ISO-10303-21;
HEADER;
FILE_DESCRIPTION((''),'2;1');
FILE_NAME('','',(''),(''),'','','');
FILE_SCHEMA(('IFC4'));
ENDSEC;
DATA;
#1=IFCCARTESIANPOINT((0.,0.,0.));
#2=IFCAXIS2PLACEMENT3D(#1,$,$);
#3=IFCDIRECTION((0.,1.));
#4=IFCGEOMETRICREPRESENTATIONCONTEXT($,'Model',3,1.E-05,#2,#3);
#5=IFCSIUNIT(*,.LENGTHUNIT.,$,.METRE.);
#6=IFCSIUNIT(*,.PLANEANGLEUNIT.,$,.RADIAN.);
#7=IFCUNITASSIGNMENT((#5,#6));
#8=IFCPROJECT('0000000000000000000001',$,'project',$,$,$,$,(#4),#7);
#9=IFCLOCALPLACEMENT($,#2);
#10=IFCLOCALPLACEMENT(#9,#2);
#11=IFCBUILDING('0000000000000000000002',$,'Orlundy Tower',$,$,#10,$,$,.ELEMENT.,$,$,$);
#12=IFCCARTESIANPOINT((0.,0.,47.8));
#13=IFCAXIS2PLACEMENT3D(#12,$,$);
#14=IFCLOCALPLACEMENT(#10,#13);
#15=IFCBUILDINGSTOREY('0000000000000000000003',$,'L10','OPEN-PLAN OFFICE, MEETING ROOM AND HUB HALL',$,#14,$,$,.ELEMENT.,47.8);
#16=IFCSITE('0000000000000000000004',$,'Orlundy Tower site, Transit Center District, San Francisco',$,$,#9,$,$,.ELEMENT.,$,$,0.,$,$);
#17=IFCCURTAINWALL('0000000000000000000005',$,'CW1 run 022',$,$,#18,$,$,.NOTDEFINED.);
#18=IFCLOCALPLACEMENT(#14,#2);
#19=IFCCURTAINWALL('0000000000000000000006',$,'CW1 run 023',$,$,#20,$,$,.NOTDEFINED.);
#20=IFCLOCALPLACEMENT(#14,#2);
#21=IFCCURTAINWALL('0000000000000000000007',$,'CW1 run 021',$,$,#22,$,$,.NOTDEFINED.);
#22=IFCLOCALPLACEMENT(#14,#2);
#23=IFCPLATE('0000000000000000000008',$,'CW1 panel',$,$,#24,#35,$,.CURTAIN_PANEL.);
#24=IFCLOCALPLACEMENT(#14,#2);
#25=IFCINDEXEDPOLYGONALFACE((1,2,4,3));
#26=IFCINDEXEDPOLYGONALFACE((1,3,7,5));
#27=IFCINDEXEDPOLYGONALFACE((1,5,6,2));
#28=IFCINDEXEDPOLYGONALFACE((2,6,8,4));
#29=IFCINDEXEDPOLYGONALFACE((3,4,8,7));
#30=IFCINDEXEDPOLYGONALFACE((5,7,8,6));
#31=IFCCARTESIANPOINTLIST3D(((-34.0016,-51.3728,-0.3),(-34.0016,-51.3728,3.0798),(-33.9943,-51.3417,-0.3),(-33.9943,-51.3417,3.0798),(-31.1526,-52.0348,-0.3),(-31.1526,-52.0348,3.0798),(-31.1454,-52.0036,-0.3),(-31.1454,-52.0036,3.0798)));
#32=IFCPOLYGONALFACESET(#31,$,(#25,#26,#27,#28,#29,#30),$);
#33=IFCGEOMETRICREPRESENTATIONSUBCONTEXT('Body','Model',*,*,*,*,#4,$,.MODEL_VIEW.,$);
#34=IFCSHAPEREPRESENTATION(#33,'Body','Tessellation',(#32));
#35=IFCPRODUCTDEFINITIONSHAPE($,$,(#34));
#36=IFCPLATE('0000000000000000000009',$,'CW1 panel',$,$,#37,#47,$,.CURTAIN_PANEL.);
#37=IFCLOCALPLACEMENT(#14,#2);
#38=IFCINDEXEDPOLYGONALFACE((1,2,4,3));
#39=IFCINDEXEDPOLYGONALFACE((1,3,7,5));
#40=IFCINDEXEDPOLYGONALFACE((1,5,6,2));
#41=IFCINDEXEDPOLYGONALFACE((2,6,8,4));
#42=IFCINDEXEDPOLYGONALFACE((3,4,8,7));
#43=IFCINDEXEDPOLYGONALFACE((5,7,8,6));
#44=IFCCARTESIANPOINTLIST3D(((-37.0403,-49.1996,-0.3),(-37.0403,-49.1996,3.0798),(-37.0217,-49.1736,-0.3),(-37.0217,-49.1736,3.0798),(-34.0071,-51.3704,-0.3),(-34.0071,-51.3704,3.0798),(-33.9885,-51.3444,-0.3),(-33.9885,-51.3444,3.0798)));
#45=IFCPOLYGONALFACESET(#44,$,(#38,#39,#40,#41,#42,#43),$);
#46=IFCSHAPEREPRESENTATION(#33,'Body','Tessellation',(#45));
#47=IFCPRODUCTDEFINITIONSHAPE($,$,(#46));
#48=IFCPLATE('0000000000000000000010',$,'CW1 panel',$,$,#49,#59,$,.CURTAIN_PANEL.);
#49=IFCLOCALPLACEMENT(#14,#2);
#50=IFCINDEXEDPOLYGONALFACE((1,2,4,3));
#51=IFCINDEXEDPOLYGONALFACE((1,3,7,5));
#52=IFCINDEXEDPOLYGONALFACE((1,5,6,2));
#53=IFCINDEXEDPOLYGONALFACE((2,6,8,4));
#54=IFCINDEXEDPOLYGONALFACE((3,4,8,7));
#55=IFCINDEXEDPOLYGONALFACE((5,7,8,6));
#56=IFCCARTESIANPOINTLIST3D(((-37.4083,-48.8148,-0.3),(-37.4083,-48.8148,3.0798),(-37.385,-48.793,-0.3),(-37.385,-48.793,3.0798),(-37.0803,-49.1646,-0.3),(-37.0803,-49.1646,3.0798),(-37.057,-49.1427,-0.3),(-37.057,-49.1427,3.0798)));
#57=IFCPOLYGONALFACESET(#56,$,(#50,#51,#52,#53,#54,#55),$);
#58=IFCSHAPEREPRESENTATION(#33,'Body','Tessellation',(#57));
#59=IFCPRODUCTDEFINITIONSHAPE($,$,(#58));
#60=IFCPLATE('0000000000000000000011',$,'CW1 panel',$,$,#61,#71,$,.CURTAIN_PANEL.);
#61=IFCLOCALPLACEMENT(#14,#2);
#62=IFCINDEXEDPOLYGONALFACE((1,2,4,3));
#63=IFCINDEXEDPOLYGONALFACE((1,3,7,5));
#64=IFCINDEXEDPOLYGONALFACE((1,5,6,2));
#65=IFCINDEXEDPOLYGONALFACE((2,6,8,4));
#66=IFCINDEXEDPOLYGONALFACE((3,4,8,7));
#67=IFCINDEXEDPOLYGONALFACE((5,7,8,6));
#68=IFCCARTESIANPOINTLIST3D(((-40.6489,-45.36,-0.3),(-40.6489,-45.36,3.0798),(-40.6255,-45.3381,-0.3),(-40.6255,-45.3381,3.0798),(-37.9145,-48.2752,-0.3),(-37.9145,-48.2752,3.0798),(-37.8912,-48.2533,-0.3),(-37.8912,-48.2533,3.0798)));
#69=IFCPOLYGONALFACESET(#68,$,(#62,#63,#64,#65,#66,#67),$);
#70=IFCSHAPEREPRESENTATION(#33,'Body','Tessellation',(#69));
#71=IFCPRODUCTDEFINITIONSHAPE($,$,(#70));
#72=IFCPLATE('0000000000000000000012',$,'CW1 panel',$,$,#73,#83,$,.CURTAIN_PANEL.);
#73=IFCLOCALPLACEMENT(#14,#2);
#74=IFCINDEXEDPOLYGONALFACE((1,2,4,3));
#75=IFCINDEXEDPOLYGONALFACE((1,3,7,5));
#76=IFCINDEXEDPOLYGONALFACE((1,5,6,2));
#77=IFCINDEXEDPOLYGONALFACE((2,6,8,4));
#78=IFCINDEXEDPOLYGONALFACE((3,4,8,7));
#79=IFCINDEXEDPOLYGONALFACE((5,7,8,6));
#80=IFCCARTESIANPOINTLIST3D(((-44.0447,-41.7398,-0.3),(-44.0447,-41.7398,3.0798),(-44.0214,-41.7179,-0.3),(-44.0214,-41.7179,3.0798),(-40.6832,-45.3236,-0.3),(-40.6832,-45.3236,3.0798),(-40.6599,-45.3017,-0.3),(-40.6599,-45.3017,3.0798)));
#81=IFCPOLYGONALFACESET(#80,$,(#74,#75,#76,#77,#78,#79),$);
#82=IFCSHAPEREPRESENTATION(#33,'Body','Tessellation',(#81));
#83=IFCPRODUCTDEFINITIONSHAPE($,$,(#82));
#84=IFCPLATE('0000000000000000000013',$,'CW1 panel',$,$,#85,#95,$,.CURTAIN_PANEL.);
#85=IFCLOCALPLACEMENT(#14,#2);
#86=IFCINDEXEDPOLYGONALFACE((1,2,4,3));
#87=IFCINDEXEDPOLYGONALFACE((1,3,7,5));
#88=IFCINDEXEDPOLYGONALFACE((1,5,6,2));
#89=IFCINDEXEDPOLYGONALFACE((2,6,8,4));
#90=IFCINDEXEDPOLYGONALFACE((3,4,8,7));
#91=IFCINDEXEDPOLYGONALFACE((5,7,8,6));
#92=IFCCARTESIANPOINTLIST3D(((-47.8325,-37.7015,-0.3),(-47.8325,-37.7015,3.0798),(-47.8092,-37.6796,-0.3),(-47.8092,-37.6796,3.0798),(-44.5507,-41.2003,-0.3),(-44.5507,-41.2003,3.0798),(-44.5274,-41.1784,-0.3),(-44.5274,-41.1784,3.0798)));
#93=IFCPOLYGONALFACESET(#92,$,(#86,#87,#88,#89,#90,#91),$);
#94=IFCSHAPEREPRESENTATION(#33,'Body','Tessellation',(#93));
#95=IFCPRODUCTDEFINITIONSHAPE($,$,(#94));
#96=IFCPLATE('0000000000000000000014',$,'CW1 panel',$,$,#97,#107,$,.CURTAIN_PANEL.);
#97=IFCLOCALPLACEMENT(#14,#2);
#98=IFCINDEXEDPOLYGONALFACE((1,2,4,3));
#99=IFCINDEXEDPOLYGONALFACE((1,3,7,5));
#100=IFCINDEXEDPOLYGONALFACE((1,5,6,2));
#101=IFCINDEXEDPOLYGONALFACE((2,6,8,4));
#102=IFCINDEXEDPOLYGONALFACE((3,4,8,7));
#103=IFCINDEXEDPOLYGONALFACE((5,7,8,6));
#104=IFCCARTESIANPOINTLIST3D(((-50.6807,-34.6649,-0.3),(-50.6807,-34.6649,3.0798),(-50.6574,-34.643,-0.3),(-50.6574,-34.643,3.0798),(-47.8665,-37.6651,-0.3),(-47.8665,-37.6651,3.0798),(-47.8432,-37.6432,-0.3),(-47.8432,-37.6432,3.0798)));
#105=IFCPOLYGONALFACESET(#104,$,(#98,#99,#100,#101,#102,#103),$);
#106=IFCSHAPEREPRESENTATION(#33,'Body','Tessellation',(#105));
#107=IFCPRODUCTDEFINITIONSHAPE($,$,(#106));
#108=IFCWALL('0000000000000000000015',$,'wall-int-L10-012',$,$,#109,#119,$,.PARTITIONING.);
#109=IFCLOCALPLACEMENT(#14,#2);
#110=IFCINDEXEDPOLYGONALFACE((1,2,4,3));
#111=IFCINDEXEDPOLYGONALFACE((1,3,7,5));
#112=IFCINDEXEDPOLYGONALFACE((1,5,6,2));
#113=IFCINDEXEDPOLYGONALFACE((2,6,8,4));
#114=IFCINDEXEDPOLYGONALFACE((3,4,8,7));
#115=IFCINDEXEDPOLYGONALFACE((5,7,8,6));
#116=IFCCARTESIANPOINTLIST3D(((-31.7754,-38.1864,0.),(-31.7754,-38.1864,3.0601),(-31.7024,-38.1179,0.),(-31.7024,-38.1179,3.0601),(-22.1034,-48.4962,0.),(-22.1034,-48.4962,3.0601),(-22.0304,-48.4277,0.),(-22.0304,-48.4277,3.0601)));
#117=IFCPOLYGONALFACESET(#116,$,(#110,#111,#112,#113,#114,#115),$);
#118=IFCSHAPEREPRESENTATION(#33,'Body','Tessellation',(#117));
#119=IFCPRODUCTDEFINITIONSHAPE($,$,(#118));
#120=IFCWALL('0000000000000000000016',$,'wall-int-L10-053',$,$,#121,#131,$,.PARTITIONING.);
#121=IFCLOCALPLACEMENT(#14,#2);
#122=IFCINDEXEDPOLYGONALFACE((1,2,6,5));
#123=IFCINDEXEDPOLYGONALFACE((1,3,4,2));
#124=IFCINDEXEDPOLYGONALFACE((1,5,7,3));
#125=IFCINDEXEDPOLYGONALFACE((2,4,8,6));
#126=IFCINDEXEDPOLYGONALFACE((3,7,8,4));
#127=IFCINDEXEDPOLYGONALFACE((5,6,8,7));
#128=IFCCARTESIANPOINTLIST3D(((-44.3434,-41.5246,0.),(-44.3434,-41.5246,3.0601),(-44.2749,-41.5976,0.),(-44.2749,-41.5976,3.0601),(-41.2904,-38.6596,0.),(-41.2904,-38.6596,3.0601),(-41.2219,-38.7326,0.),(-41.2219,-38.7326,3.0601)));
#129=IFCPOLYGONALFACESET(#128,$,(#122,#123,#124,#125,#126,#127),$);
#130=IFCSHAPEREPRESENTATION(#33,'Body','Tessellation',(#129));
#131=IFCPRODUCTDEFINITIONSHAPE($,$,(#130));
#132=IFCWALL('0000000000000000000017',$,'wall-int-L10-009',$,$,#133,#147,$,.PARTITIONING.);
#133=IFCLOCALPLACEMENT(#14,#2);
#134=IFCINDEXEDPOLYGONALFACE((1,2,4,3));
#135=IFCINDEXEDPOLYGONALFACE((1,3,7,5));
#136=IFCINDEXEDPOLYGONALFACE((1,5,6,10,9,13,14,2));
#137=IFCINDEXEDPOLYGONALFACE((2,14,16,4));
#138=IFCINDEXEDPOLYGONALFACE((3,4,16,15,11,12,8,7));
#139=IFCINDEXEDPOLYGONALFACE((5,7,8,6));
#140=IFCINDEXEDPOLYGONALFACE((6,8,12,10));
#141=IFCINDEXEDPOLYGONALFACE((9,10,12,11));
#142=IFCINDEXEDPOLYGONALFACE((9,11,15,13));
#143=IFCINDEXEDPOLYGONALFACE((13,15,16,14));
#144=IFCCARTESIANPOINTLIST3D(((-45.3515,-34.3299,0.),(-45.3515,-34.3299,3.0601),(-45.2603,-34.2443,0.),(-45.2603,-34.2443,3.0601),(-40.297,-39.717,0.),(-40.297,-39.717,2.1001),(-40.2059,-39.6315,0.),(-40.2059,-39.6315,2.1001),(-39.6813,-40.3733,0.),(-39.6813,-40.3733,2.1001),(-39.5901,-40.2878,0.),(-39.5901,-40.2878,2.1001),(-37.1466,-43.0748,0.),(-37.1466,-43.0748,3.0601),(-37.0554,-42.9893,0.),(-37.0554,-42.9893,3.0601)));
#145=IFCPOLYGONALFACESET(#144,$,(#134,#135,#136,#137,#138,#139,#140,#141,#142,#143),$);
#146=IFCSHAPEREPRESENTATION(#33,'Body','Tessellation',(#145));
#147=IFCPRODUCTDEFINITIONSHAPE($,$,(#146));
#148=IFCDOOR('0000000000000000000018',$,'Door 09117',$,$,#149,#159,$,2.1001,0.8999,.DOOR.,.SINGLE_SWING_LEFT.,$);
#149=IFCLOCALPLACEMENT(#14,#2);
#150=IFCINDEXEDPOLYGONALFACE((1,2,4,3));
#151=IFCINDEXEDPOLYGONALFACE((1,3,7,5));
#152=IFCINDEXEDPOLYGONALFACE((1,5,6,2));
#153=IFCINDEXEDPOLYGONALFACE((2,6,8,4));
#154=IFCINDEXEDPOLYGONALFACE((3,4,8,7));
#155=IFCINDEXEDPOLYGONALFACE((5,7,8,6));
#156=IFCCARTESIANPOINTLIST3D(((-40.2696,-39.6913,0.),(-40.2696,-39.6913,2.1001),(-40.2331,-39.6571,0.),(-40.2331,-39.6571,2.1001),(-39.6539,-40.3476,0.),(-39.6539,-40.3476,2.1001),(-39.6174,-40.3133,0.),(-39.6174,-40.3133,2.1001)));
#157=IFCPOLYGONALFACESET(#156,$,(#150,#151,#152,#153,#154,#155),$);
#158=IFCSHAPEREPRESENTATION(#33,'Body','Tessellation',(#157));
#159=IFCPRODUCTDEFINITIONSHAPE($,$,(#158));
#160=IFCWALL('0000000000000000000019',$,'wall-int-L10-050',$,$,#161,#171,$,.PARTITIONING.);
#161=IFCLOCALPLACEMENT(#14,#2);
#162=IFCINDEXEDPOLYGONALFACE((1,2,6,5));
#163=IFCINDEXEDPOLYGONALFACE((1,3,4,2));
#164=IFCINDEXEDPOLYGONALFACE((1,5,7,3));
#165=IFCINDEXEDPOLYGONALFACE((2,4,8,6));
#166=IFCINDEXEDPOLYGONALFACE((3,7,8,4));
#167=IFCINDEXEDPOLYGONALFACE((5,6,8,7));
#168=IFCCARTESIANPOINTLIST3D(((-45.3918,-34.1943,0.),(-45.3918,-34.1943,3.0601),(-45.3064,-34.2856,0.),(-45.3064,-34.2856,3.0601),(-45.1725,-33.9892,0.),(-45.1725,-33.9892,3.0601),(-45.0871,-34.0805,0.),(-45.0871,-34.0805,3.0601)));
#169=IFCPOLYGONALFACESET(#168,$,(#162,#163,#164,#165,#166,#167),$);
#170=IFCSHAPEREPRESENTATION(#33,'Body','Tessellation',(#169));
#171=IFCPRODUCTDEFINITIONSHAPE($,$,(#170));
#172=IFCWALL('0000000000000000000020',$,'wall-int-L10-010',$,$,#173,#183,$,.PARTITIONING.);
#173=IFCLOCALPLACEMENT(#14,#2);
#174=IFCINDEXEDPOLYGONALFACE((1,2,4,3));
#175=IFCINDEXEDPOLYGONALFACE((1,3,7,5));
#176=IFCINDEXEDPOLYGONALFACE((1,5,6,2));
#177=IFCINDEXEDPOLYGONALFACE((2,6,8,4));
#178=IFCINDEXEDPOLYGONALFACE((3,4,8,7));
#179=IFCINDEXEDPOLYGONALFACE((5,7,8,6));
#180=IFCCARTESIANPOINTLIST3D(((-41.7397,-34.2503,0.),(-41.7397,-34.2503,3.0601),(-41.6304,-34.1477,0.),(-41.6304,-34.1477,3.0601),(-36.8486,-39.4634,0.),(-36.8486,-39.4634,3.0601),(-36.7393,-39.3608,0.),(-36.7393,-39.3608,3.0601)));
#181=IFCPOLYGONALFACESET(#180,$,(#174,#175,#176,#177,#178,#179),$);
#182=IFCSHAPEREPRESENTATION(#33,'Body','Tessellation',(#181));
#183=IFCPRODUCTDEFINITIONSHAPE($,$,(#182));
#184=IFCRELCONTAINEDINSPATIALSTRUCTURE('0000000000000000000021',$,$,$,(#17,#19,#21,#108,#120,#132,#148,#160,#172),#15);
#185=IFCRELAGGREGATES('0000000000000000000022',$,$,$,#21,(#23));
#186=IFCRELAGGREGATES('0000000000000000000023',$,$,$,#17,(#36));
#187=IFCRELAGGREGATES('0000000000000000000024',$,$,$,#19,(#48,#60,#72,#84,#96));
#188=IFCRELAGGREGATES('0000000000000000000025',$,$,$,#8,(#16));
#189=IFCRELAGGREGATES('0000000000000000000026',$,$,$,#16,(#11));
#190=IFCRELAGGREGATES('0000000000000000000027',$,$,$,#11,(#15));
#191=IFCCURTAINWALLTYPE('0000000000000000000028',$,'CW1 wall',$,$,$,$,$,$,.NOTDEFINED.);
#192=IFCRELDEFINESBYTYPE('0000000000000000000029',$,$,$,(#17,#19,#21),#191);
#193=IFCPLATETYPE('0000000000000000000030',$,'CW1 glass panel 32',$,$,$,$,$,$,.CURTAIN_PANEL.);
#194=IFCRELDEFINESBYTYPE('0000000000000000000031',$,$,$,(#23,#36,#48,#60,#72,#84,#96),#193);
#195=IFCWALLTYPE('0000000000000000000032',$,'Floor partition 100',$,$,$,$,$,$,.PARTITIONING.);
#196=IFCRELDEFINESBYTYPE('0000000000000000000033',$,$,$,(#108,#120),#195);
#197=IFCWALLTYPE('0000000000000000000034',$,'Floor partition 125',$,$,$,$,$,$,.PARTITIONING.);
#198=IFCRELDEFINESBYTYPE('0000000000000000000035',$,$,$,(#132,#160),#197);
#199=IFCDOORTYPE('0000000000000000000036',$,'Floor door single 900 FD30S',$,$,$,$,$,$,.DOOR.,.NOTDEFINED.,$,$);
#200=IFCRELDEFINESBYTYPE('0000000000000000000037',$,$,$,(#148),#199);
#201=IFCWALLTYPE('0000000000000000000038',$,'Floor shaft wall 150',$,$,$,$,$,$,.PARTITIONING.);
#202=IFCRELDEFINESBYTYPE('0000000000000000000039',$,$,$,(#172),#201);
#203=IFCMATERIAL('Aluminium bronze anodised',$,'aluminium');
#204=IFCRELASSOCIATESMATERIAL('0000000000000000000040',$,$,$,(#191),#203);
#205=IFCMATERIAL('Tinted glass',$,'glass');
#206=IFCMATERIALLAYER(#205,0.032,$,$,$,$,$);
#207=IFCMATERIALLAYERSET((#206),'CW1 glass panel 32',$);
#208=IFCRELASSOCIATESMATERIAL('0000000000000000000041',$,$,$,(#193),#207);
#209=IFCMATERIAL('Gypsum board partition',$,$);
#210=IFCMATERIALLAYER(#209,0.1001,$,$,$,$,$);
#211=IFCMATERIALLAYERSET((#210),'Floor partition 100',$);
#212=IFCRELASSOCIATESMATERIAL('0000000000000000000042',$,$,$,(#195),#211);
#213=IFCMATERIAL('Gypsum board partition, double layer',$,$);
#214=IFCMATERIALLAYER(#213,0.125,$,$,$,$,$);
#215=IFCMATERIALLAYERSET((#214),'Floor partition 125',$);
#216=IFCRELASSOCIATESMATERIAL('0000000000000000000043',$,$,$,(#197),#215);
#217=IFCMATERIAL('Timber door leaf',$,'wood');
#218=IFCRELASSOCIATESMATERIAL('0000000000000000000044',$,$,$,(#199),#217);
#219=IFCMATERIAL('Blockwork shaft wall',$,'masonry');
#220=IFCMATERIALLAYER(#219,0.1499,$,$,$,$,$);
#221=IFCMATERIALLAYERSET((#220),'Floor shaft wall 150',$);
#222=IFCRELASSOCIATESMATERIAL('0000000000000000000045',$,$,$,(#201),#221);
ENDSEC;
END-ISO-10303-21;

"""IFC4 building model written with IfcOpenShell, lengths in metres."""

from ifc_helpers import new_model, si_unit, direction, frame, frame_2d, origin, origin_2d, place, context, subcontext, project, spatial, rectangle, extrude, material, layer, layer_set, type_object, element, fill, aggregate, save


model = new_model("IFC4")

# Units and contexts
model_context = context("Model", 3, precision=1e-05, world=origin(), true_north=direction((0.0, 1.0)))
body_context = subcontext(model_context, "Body", "Model", "MODEL_VIEW")
ifc_project = project(units=[si_unit("LENGTHUNIT", "METRE"), si_unit("PLANEANGLEUNIT", "RADIAN")], contexts=[model_context])

# Site, building, storey
site_placement = place(None, origin())
site = spatial("IfcSite", under=ifc_project, at=site_placement, Name="Orlundy Tower site, Transit Center District, San Francisco", CompositionType="ELEMENT", RefElevation=0.0)
building_placement = place(site_placement, origin())
building = spatial("IfcBuilding", under=site, at=building_placement, Name="Orlundy Tower", CompositionType="ELEMENT")
storey_placement = place(building_placement, frame((0.0, 0.0, 47.8)))
storey = spatial("IfcBuildingStorey", under=building, at=storey_placement, Name="L10", Description="OPEN-PLAN OFFICE, MEETING ROOM AND HUB HALL", CompositionType="ELEMENT", Elevation=47.8)

# Curtain wall
ifc_material_1 = material(Name="Aluminium bronze anodised", Category="aluminium")
curtain_wall_type = type_object("IfcCurtainWallType", Name="CW1 wall", PredefinedType="NOTDEFINED", material=ifc_material_1)
curtain_wall_1_placement = place(storey_placement, origin())
curtain_wall_1 = element("IfcCurtainWall", 1, at=curtain_wall_1_placement, inside=storey, type_object=curtain_wall_type, Name="CW1 run 022", PredefinedType="NOTDEFINED")

# Curtain wall
curtain_wall_2_placement = place(storey_placement, origin())
curtain_wall_2 = element("IfcCurtainWall", 2, at=curtain_wall_2_placement, inside=storey, type_object=curtain_wall_type, Name="CW1 run 023", PredefinedType="NOTDEFINED")

# Curtain wall
curtain_wall_3_placement = place(storey_placement, origin())
curtain_wall_3 = element("IfcCurtainWall", 3, at=curtain_wall_3_placement, inside=storey, type_object=curtain_wall_type, Name="CW1 run 021", PredefinedType="NOTDEFINED")

# Plates
ifc_material_2 = material(Name="Tinted glass", Category="glass")
ifc_layer_1 = layer(ifc_material_2, 0.032)
ifc_layer_set_1 = layer_set([ifc_layer_1], Name="CW1 glass panel 32")
plate_type = type_object("IfcPlateType", Name="CW1 glass panel 32", PredefinedType="CURTAIN_PANEL", material=ifc_layer_set_1)
plate_1_placement = place(storey_placement, frame((-32.5735, -51.6882, -0.3), z_axis=(0.0, 0.0, 1.0), x_axis=(-0.974054, 0.226317, 0.0)))
plate_1 = element("IfcPlate", 4, at=plate_1_placement, type_object=plate_type, Name="CW1 panel", PredefinedType="CURTAIN_PANEL", context=body_context, shape_type="SweptSolid", body=[
    extrude(rectangle(XDim=2.9248, YDim=0.032, at=origin_2d()), origin(), (0.0, 0.0, 1.0), 3.3799),
])
aggregate(curtain_wall_3, [plate_1])
plate_2_placement = place(storey_placement, frame((-35.5144, -50.272, -0.3), z_axis=(0.0, 0.0, 1.0), x_axis=(-0.813204, 0.581978, 0.0)))
plate_2 = element("IfcPlate", 5, at=plate_2_placement, type_object=plate_type, Name="CW1 panel", PredefinedType="CURTAIN_PANEL", context=body_context, shape_type="SweptSolid", body=[
    extrude(rectangle(XDim=3.73, YDim=0.032, at=origin_2d()), origin(), (0.0, 0.0, 1.0), 3.3799),
])
aggregate(curtain_wall_1, [plate_2])
plate_3_placement = place(storey_placement, frame((-37.2327, -48.9788, -0.3), z_axis=(0.0, 0.0, 1.0), x_axis=(-0.684126, 0.729363, 0.0)))
plate_3 = element("IfcPlate", 6, at=plate_3_placement, type_object=plate_type, Name="CW1 panel", PredefinedType="CURTAIN_PANEL", context=body_context, shape_type="SweptSolid", body=[
    extrude(rectangle(XDim=0.4795, YDim=0.032, at=origin_2d()), origin(), (0.0, 0.0, 1.0), 3.3799),
])
plate_4_placement = place(storey_placement, frame((-39.27, -46.8066, -0.3), z_axis=(0.0, 0.0, 1.0), x_axis=(-0.684126, 0.729363, 0.0)))
plate_4 = element("IfcPlate", 7, at=plate_4_placement, type_object=plate_type, Name="CW1 panel", PredefinedType="CURTAIN_PANEL", context=body_context, shape_type="SweptSolid", body=[
    extrude(rectangle(XDim=3.9968, YDim=0.032, at=origin_2d()), origin(), (0.0, 0.0, 1.0), 3.3799),
])
plate_5_placement = place(storey_placement, frame((-42.3523, -43.5208, -0.3), z_axis=(0.0, 0.0, 1.0), x_axis=(-0.684126, 0.729363, 0.0)))
plate_5 = element("IfcPlate", 8, at=plate_5_placement, type_object=plate_type, Name="CW1 panel", PredefinedType="CURTAIN_PANEL", context=body_context, shape_type="SweptSolid", body=[
    extrude(rectangle(XDim=4.9136, YDim=0.032, at=origin_2d()), origin(), (0.0, 0.0, 1.0), 3.3799),
])
plate_6_placement = place(storey_placement, frame((-46.1799, -39.4399, -0.3), z_axis=(0.0, 0.0, 1.0), x_axis=(-0.684126, 0.729363, 0.0)))
plate_6 = element("IfcPlate", 9, at=plate_6_placement, type_object=plate_type, Name="CW1 panel", PredefinedType="CURTAIN_PANEL", context=body_context, shape_type="SweptSolid", body=[
    extrude(rectangle(XDim=4.7971, YDim=0.032, at=origin_2d()), origin(), (0.0, 0.0, 1.0), 3.3799),
])
plate_7_placement = place(storey_placement, frame((-49.262, -36.1541, -0.3), z_axis=(0.0, 0.0, 1.0), x_axis=(-0.684126, 0.729363, 0.0)))
plate_7 = element("IfcPlate", 10, at=plate_7_placement, type_object=plate_type, Name="CW1 panel", PredefinedType="CURTAIN_PANEL", context=body_context, shape_type="SweptSolid", body=[
    extrude(rectangle(XDim=4.1135, YDim=0.032, at=origin_2d()), origin(), (0.0, 0.0, 1.0), 3.3799),
])
aggregate(curtain_wall_2, [plate_3, plate_4, plate_5, plate_6, plate_7])

# Walls
ifc_material_3 = material(Name="Gypsum board partition")
ifc_layer_2 = layer(ifc_material_3, 0.1001)
ifc_layer_set_2 = layer_set([ifc_layer_2], Name="Floor partition 100")
wall_type_1 = type_object("IfcWallType", Name="Floor partition 100", PredefinedType="PARTITIONING", material=ifc_layer_set_2)
wall_1_placement = place(storey_placement, frame((-31.739, -38.1521, 0.0), z_axis=(0.0, 0.0, 1.0), x_axis=(0.684192, -0.729302, 0.0)))
element("IfcWall", 11, at=wall_1_placement, inside=storey, type_object=wall_type_1, Name="wall-int-L10-012", PredefinedType="PARTITIONING", context=body_context, shape_type="SweptSolid", body=[
    extrude(rectangle(XDim=14.1365, YDim=0.1001, at=frame_2d((7.0684, 0.0))), origin(), (0.0, 0.0, 1.0), 3.0601),
])
wall_2_placement = place(storey_placement, frame((-44.3091, -41.561, 0.0), z_axis=(0.0, 0.0, 1.0), x_axis=(0.729201, 0.6843, 0.0)))
element("IfcWall", 12, at=wall_2_placement, inside=storey, type_object=wall_type_1, Name="wall-int-L10-053", PredefinedType="PARTITIONING", context=body_context, shape_type="SweptSolid", body=[
    extrude(rectangle(XDim=4.1868, YDim=0.1001, at=frame_2d((2.0933, 0.0))), origin(), (0.0, 0.0, 1.0), 3.0601),
])

# Wall, opening, door
ifc_material_4 = material(Name="Gypsum board partition, double layer")
ifc_layer_3 = layer(ifc_material_4, 0.125)
ifc_layer_set_3 = layer_set([ifc_layer_3], Name="Floor partition 125")
wall_type_2 = type_object("IfcWallType", Name="Floor partition 125", PredefinedType="PARTITIONING", material=ifc_layer_set_3)
wall_3_placement = place(storey_placement, frame((-37.1011, -43.032, 0.0), z_axis=(0.0, 0.0, 1.0), x_axis=(-0.68423, 0.729266, 0.0)))
wall_3 = element("IfcWall", 13, at=wall_3_placement, inside=storey, type_object=wall_type_2, Name="wall-int-L10-009", PredefinedType="PARTITIONING", context=body_context, shape_type="SweptSolid", body=[
    extrude(rectangle(XDim=11.9915, YDim=0.125, at=frame_2d((5.9956, 0.0))), origin(), (0.0, 0.0, 1.0), 3.0601),
])
opening_1_placement = place(wall_3_placement, frame((3.7043, 0.0, 0.0)))
opening_1 = element("IfcOpeningElement", 14, at=opening_1_placement, cuts=wall_3, PredefinedType="OPENING", context=body_context, shape_type="SweptSolid", body=[
    extrude(rectangle(XDim=0.8999, YDim=2.1001, at=frame_2d((0.45, 1.05))), frame((0.0, 0.0725, 0.0), z_axis=(0.0, -1.0, 0.0), x_axis=(1.0, 0.0, 0.0)), (0.0, 0.0, 1.0), 0.145),
])
ifc_material_5 = material(Name="Timber door leaf", Category="wood")
door_type_1 = type_object("IfcDoorType", Name="Floor door single 900 FD30S", OperationType="NOTDEFINED", PredefinedType="DOOR", material=ifc_material_5)
door_1_placement = place(opening_1_placement, origin())
door_1 = element("IfcDoor", 15, at=door_1_placement, inside=storey, type_object=door_type_1, Name="Door 09117", OperationType="SINGLE_SWING_LEFT", OverallHeight=2.1001, OverallWidth=0.8999, PredefinedType="DOOR", context=body_context, shape_type="SweptSolid", body=[
    extrude(rectangle(XDim=0.8999, YDim=2.1001, at=frame_2d((0.45, 1.05))), frame((0.0, 0.0249, 0.0), z_axis=(0.0, -1.0, 0.0), x_axis=(1.0, 0.0, 0.0)), (0.0, 0.0, 1.0), 0.05),
])
fill(opening_1, door_1)

# Walls
wall_4_placement = place(storey_placement, frame((-45.3491, -34.24, 0.0), z_axis=(0.0, 0.0, 1.0), x_axis=(0.730298, 0.683129, 0.0)))
element("IfcWall", 16, at=wall_4_placement, inside=storey, type_object=wall_type_2, Name="wall-int-L10-050", PredefinedType="PARTITIONING", context=body_context, shape_type="SweptSolid", body=[
    extrude(rectangle(XDim=0.3003, YDim=0.125, at=frame_2d((0.1501, 0.0))), origin(), (0.0, 0.0, 1.0), 3.0601),
])
ifc_material_6 = material(Name="Blockwork shaft wall", Category="masonry")
ifc_layer_4 = layer(ifc_material_6, 0.1499)
ifc_layer_set_4 = layer_set([ifc_layer_4], Name="Floor shaft wall 150")
wall_type_3 = type_object("IfcWallType", Name="Floor shaft wall 150", PredefinedType="PARTITIONING", material=ifc_layer_set_4)
wall_5_placement = place(storey_placement, frame((-41.6851, -34.199, 0.0), z_axis=(0.0, 0.0, 1.0), x_axis=(0.684224, -0.729272, 0.0)))
element("IfcWall", 17, at=wall_5_placement, inside=storey, type_object=wall_type_3, Name="wall-int-L10-010", PredefinedType="PARTITIONING", context=body_context, shape_type="SweptSolid", body=[
    extrude(rectangle(XDim=7.1484, YDim=0.1499, at=frame_2d((3.5742, 0.0))), origin(), (0.0, 0.0, 1.0), 3.0601),
])

save(model, "model.ifc")
